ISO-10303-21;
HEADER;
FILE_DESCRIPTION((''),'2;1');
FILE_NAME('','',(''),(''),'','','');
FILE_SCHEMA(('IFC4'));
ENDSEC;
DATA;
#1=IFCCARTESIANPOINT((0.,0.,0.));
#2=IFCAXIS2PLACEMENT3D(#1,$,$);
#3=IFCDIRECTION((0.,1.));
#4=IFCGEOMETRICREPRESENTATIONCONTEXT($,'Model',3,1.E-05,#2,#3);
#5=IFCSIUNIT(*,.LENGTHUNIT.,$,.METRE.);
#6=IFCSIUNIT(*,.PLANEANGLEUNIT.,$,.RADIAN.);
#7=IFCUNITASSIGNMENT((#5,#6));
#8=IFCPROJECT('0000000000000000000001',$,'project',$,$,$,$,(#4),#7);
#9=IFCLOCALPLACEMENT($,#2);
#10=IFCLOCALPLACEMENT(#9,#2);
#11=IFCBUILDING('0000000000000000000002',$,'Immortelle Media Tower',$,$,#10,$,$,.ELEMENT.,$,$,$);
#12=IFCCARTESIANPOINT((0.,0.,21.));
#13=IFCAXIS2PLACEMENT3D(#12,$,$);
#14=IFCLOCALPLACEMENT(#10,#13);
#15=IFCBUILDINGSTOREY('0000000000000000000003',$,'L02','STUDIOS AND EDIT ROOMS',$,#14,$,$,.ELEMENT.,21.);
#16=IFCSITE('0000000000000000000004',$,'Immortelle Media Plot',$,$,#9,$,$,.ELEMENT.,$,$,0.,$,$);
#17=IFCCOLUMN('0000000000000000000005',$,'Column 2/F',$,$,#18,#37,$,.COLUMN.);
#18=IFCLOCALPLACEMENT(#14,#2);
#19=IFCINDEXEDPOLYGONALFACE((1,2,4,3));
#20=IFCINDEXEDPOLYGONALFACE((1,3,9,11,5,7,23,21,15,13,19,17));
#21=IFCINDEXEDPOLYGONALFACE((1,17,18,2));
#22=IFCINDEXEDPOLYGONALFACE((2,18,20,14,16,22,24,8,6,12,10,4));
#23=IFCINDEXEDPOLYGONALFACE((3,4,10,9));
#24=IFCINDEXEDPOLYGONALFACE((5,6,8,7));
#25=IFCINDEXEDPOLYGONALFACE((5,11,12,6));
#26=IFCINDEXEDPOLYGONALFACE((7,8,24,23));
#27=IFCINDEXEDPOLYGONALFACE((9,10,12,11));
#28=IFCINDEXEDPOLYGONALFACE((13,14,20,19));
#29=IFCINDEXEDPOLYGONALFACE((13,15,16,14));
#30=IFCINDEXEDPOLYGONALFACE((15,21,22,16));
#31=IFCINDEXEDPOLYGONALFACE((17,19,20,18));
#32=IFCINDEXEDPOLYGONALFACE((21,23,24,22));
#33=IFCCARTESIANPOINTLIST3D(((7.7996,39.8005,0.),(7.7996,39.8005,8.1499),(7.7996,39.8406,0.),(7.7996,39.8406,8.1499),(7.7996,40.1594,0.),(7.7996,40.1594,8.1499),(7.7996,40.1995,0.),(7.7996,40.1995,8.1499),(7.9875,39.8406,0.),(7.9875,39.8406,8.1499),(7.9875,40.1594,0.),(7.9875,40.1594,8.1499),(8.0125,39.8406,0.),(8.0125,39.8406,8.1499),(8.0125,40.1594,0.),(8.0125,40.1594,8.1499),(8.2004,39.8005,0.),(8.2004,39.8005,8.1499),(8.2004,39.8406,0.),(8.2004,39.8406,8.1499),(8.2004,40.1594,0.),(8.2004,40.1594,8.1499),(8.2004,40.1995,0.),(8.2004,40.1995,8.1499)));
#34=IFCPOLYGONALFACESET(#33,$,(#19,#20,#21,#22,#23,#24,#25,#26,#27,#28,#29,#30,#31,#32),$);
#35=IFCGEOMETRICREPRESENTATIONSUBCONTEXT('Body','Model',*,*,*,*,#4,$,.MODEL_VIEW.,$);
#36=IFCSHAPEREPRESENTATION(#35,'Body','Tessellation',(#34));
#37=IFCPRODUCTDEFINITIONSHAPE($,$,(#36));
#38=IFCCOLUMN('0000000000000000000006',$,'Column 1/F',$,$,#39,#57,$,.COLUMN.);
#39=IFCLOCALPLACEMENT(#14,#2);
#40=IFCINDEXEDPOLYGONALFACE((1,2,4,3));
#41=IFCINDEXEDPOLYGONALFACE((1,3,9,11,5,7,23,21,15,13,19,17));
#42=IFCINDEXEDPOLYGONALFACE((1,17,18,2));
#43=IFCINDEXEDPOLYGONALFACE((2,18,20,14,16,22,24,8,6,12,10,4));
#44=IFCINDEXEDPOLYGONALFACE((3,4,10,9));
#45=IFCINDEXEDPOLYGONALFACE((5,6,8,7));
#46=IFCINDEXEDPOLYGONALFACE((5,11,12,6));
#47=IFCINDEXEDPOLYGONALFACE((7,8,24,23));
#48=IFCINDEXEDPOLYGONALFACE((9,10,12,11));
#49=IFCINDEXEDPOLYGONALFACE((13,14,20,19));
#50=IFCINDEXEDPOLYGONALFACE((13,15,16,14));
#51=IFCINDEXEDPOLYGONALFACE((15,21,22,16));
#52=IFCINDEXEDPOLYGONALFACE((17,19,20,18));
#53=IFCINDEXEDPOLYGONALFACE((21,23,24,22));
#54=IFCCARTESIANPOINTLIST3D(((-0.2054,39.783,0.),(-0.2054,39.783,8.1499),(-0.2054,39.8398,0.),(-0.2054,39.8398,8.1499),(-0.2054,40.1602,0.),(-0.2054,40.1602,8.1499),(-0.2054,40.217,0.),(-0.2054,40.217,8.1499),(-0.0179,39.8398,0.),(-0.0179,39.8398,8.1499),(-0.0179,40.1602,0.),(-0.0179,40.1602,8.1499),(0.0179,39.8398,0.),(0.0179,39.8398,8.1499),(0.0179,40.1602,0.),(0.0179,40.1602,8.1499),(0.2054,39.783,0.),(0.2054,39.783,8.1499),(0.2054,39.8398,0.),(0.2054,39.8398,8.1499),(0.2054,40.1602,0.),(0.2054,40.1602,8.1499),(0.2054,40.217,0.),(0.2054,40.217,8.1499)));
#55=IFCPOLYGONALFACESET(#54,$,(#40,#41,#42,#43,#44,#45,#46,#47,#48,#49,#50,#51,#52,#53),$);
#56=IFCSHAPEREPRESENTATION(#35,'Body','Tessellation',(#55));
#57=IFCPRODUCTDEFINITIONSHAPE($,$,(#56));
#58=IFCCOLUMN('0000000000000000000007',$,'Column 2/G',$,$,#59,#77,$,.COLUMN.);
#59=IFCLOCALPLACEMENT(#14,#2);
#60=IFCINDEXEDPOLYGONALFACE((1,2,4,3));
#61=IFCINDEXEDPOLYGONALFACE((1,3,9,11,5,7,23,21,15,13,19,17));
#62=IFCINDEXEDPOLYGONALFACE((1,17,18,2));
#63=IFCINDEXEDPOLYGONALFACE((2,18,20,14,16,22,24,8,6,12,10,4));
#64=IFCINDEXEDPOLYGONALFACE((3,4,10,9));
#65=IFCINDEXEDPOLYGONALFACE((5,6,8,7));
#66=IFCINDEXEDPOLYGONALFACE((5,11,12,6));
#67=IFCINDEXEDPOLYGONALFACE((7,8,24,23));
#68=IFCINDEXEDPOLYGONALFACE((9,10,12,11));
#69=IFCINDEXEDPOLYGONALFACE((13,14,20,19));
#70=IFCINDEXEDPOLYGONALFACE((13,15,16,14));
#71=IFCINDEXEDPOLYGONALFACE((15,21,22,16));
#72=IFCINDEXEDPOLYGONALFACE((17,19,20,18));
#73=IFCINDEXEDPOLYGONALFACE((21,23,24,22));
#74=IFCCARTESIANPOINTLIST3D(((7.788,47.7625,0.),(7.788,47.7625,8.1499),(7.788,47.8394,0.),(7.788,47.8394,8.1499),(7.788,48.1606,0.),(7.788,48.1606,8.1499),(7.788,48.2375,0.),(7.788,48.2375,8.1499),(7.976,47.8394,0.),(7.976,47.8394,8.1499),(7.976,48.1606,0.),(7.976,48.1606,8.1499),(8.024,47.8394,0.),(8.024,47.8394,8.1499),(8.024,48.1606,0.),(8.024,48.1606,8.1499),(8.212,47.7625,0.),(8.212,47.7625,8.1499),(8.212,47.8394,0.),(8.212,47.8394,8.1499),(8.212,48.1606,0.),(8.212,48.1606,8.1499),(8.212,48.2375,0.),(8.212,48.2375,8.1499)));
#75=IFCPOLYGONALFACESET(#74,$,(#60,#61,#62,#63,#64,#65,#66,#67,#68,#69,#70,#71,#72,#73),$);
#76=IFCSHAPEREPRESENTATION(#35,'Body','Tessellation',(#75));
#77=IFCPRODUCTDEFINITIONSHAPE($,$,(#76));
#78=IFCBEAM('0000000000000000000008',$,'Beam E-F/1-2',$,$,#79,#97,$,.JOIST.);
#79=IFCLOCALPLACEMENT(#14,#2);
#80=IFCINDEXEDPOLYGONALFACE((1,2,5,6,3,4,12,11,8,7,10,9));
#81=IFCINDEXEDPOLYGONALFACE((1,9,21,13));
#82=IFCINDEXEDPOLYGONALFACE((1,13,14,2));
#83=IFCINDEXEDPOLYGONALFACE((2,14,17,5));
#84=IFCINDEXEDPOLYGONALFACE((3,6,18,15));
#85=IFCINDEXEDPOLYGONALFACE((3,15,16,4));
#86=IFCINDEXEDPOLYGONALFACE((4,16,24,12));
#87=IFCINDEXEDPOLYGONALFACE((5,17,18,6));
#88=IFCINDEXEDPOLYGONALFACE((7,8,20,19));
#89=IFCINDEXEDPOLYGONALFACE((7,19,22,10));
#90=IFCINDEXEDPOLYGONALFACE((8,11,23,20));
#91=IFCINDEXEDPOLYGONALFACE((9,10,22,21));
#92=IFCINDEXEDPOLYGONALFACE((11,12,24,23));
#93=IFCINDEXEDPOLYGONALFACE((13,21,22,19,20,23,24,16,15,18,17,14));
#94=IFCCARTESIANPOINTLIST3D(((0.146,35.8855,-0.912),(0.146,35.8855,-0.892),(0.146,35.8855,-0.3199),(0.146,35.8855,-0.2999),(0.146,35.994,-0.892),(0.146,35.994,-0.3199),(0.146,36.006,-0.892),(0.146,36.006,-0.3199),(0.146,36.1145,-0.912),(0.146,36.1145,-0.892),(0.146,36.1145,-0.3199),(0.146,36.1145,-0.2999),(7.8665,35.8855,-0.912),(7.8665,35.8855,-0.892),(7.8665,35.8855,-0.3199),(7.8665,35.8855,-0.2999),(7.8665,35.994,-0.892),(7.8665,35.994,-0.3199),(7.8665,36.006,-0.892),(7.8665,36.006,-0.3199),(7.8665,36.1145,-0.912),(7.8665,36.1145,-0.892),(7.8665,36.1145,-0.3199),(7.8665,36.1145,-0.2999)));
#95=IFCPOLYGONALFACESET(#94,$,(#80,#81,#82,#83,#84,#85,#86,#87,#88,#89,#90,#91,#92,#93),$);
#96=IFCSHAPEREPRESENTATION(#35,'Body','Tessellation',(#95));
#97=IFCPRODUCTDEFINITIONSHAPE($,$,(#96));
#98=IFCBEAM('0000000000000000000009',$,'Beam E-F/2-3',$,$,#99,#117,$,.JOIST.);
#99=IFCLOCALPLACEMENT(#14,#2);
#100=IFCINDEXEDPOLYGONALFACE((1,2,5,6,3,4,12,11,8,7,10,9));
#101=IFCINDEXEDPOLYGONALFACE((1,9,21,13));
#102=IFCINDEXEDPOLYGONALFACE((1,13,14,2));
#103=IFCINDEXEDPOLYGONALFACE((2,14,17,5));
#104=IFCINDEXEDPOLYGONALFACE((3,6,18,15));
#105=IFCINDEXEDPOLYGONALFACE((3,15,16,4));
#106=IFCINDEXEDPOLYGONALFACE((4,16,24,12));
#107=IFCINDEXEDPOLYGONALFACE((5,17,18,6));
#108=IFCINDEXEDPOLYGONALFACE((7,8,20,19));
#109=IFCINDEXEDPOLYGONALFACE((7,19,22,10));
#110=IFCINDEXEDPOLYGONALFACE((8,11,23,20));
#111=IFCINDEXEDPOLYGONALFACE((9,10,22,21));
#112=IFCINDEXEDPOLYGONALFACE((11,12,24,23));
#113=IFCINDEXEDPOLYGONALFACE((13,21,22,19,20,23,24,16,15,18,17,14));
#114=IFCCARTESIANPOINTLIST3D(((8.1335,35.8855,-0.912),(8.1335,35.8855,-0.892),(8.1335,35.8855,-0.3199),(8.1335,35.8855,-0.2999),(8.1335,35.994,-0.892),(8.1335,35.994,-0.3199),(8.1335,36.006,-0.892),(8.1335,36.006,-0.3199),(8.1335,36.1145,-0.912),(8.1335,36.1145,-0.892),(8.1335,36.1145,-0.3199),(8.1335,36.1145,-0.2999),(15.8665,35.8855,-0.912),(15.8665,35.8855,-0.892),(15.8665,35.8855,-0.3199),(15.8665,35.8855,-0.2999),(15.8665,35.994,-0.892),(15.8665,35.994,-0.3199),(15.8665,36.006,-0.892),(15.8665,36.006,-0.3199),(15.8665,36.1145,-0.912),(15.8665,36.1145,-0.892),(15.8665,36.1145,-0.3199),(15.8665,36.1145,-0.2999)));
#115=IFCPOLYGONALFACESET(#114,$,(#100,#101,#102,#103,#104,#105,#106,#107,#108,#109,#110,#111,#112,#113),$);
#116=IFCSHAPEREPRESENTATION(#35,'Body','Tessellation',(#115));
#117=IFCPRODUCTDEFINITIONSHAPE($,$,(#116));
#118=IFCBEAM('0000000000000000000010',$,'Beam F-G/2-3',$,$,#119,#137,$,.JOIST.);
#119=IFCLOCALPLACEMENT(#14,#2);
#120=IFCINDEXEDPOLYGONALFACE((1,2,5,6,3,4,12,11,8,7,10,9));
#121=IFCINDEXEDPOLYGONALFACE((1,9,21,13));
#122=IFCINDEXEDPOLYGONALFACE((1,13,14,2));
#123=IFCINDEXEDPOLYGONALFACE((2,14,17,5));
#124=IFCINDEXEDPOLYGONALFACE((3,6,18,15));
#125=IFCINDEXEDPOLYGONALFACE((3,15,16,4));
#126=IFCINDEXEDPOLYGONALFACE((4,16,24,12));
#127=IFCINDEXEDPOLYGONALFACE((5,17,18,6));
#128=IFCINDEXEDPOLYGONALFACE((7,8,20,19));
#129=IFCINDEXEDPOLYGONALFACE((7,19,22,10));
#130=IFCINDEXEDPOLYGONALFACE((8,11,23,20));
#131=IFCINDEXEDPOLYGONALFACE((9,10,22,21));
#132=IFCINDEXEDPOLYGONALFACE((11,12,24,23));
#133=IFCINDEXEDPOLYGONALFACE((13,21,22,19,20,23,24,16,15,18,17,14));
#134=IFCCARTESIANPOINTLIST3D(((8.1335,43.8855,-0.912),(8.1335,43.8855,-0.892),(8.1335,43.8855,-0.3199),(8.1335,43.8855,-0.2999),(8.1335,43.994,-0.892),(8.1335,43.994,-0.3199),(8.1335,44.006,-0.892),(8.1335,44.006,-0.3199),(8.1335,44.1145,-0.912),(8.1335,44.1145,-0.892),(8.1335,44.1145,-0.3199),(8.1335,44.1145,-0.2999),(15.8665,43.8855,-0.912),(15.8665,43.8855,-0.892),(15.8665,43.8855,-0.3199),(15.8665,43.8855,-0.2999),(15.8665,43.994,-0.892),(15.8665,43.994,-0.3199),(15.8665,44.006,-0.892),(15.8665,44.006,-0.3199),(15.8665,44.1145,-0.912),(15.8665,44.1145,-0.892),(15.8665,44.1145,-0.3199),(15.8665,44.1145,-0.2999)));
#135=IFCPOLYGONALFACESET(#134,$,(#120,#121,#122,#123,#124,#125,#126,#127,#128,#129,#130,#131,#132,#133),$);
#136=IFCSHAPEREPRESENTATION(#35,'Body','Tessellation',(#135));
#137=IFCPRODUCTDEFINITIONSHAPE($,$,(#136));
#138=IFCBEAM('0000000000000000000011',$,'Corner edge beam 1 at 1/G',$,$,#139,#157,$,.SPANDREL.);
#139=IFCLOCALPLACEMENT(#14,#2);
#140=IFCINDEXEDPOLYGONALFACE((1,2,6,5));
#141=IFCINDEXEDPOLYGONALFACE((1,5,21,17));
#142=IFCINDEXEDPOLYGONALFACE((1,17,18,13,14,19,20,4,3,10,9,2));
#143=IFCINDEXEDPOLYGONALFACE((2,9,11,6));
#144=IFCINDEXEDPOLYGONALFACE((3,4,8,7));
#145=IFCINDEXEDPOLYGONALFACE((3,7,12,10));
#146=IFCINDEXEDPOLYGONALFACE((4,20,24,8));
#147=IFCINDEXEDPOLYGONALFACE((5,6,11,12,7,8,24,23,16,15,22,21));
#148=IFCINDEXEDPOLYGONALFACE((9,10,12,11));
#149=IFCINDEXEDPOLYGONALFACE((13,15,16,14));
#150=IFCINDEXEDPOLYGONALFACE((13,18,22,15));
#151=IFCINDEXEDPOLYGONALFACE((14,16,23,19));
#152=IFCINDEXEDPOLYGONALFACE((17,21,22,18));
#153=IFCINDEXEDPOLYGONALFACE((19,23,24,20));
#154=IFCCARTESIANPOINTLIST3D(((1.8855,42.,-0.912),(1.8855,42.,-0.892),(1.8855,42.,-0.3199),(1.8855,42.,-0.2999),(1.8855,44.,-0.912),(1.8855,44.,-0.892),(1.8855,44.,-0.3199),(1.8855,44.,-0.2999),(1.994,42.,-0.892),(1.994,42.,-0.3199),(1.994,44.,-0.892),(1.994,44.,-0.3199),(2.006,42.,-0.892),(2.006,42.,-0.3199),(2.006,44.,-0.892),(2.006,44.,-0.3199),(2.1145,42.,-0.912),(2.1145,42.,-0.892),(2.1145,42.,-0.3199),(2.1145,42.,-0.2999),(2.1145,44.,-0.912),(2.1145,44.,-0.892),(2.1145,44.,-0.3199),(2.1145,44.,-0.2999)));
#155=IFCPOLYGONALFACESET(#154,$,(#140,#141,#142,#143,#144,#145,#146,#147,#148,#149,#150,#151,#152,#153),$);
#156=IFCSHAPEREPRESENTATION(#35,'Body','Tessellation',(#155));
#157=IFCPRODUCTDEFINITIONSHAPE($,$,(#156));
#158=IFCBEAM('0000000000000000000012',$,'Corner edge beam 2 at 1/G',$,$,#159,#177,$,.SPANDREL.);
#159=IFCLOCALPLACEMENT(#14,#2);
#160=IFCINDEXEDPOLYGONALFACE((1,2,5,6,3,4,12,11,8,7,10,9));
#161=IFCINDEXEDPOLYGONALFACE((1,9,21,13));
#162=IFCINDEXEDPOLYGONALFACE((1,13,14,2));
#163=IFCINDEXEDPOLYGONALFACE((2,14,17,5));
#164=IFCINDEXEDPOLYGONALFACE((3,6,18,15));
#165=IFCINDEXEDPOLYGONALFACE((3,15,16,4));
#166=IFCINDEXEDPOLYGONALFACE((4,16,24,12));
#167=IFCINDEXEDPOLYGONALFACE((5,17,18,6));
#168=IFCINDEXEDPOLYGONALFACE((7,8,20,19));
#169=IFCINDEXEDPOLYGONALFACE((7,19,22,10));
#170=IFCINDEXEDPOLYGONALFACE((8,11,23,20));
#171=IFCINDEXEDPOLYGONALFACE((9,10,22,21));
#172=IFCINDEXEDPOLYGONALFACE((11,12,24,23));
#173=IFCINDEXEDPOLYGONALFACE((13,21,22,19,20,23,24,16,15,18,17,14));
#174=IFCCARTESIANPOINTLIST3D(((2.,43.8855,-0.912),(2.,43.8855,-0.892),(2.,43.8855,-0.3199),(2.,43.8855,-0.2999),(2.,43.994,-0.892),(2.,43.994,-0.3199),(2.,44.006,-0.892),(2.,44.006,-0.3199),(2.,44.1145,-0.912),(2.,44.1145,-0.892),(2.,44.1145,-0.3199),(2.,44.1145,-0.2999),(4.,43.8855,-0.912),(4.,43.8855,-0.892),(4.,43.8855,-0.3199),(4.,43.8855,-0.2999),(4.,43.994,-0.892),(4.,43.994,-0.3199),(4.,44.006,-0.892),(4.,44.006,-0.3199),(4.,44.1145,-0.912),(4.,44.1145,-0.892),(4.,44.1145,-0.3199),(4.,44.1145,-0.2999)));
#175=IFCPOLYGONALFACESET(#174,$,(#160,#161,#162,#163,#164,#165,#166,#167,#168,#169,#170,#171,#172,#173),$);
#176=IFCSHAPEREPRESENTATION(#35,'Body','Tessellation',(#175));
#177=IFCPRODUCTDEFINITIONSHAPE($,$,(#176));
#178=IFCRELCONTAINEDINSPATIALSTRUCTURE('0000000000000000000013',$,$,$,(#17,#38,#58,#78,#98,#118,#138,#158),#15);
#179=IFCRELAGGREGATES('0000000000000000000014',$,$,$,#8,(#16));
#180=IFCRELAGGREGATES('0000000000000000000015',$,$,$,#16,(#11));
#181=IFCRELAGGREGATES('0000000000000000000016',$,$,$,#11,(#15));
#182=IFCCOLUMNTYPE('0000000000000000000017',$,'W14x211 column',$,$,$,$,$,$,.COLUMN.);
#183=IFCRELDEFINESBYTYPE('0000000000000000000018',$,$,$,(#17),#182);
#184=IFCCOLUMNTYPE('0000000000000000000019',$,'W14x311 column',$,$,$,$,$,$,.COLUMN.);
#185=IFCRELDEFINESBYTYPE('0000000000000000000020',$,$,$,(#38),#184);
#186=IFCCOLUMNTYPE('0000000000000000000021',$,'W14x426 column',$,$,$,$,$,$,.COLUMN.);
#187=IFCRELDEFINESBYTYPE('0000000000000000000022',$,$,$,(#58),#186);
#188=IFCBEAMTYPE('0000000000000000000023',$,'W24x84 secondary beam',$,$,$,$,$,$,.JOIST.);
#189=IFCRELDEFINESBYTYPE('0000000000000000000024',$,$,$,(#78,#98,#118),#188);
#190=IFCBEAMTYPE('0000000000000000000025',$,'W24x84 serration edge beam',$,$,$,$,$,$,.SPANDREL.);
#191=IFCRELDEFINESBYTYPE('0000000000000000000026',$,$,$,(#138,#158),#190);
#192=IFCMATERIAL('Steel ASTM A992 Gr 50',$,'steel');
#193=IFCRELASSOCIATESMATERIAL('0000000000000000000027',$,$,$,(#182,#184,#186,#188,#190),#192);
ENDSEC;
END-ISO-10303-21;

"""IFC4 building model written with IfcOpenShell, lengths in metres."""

from ifc_helpers import new_model, si_unit, direction, frame, origin, origin_2d, place, context, subcontext, project, spatial, i_section, extrude, material, material_profile, profile_set, type_object, element, save


model = new_model("IFC4")

# Units and contexts
model_context = context("Model", 3, precision=1e-05, world=origin(), true_north=direction((0.0, 1.0)))
body_context = subcontext(model_context, "Body", "Model", "MODEL_VIEW")
ifc_project = project(units=[si_unit("LENGTHUNIT", "METRE"), si_unit("PLANEANGLEUNIT", "RADIAN")], contexts=[model_context])

# Site, building, storey
site_placement = place(None, origin())
site = spatial("IfcSite", under=ifc_project, at=site_placement, Name="Immortelle Media Plot", CompositionType="ELEMENT", RefElevation=0.0)
building_placement = place(site_placement, origin())
building = spatial("IfcBuilding", under=site, at=building_placement, Name="Immortelle Media Tower", CompositionType="ELEMENT")
storey_placement = place(building_placement, frame((0.0, 0.0, 21.0)))
storey = spatial("IfcBuildingStorey", under=building, at=storey_placement, Name="L02", Description="STUDIOS AND EDIT ROOMS", CompositionType="ELEMENT", Elevation=21.0)

# Columns
ifc_material_1 = material(Name="Steel ASTM A992 Gr 50", Category="steel")
ifc_material_profile_1 = material_profile(ifc_material_1, i_section(OverallWidth=0.4009, OverallDepth=0.3989, WebThickness=0.0249, FlangeThickness=0.04, at=origin_2d()), Name="W14x211")
ifc_profile_set_1 = profile_set([ifc_material_profile_1], Name="Steel ASTM A992 Gr 50")
column_type_1 = type_object("IfcColumnType", Name="W14x211 column", PredefinedType="COLUMN", material=ifc_profile_set_1)
column_1_placement = place(storey_placement, frame((8.0, 40.0, 0.0), z_axis=(0.0, 0.0, 1.0), x_axis=(1.0, 0.0, 0.0)))
element("IfcColumn", 1, at=column_1_placement, inside=storey, type_object=column_type_1, Name="Column 2/F", PredefinedType="COLUMN", context=body_context, shape_type="SweptSolid", body=[
    extrude(i_section(OverallWidth=0.4009, OverallDepth=0.3989, WebThickness=0.0249, FlangeThickness=0.04, at=origin_2d()), origin(), (0.0, 0.0, 1.0), 8.1499),
])
ifc_material_profile_2 = material_profile(ifc_material_1, i_section(OverallWidth=0.4109, OverallDepth=0.4341, WebThickness=0.0359, FlangeThickness=0.0569, at=origin_2d()), Name="W14x311")
ifc_profile_set_2 = profile_set([ifc_material_profile_2], Name="Steel ASTM A992 Gr 50")
column_type_2 = type_object("IfcColumnType", Name="W14x311 column", PredefinedType="COLUMN", material=ifc_profile_set_2)
column_2_placement = place(storey_placement, frame((0.0, 40.0, 0.0), z_axis=(0.0, 0.0, 1.0), x_axis=(1.0, 0.0, 0.0)))
element("IfcColumn", 2, at=column_2_placement, inside=storey, type_object=column_type_2, Name="Column 1/F", PredefinedType="COLUMN", context=body_context, shape_type="SweptSolid", body=[
    extrude(i_section(OverallWidth=0.4109, OverallDepth=0.4341, WebThickness=0.0359, FlangeThickness=0.0569, at=origin_2d()), origin(), (0.0, 0.0, 1.0), 8.1499),
])
ifc_material_profile_3 = material_profile(ifc_material_1, i_section(OverallWidth=0.4241, OverallDepth=0.4751, WebThickness=0.0481, FlangeThickness=0.0769, at=origin_2d()), Name="W14x426")
ifc_profile_set_3 = profile_set([ifc_material_profile_3], Name="Steel ASTM A992 Gr 50")
column_type_3 = type_object("IfcColumnType", Name="W14x426 column", PredefinedType="COLUMN", material=ifc_profile_set_3)
column_3_placement = place(storey_placement, frame((8.0, 48.0, 0.0), z_axis=(0.0, 0.0, 1.0), x_axis=(1.0, 0.0, 0.0)))
element("IfcColumn", 3, at=column_3_placement, inside=storey, type_object=column_type_3, Name="Column 2/G", PredefinedType="COLUMN", context=body_context, shape_type="SweptSolid", body=[
    extrude(i_section(OverallWidth=0.4241, OverallDepth=0.4751, WebThickness=0.0481, FlangeThickness=0.0769, at=origin_2d()), origin(), (0.0, 0.0, 1.0), 8.1499),
])

# Beams
ifc_material_profile_4 = material_profile(ifc_material_1, i_section(OverallWidth=0.229, OverallDepth=0.6121, WebThickness=0.012, FlangeThickness=0.02, at=origin_2d()), Name="W24x84")
ifc_profile_set_4 = profile_set([ifc_material_profile_4], Name="Steel ASTM A992 Gr 50")
beam_type_1 = type_object("IfcBeamType", Name="W24x84 secondary beam", PredefinedType="JOIST", material=ifc_profile_set_4)
beam_1_placement = place(storey_placement, frame((0.146, 36.0, -0.606), z_axis=(1.0, 0.0, 0.0), x_axis=(0.0, 1.0, 0.0)))
element("IfcBeam", 4, at=beam_1_placement, inside=storey, type_object=beam_type_1, Name="Beam E-F/1-2", PredefinedType="JOIST", context=body_context, shape_type="SweptSolid", body=[
    extrude(i_section(OverallWidth=0.229, OverallDepth=0.6121, WebThickness=0.012, FlangeThickness=0.02, at=origin_2d()), origin(), (0.0, 0.0, 1.0), 7.7205),
])
for number, where, z_axis, x_axis, name in (
    (5, (8.1335, 36.0, -0.606), (1.0, 0.0, 0.0), (0.0, 1.0, 0.0), "Beam E-F/2-3"),
    (6, (8.1335, 44.0, -0.606), (1.0, 0.0, 0.0), (0.0, 1.0, 0.0), "Beam F-G/2-3"),
):
    element("IfcBeam", number, at=place(storey_placement, frame(where, z_axis=z_axis, x_axis=x_axis)), inside=storey, type_object=beam_type_1, Name=name, PredefinedType="JOIST", context=body_context, shape_type="SweptSolid", body=[
        extrude(i_section(OverallWidth=0.229, OverallDepth=0.6121, WebThickness=0.012, FlangeThickness=0.02, at=origin_2d()), origin(), (0.0, 0.0, 1.0), 7.7329),
    ])
ifc_material_profile_5 = material_profile(ifc_material_1, i_section(OverallWidth=0.229, OverallDepth=0.6121, WebThickness=0.012, FlangeThickness=0.02, at=origin_2d()), Name="W24x84")
ifc_profile_set_5 = profile_set([ifc_material_profile_5], Name="Steel ASTM A992 Gr 50")
beam_type_2 = type_object("IfcBeamType", Name="W24x84 serration edge beam", PredefinedType="SPANDREL", material=ifc_profile_set_5)
for number, where, z_axis, x_axis, name in (
    (7, (2.0, 42.0, -0.606), (0.0, 1.0, 0.0), (-1.0, 0.0, 0.0), "Corner edge beam 1 at 1/G"),
    (8, (2.0, 44.0, -0.606), (1.0, 0.0, 0.0), (0.0, 1.0, 0.0), "Corner edge beam 2 at 1/G"),
):
    element("IfcBeam", number, at=place(storey_placement, frame(where, z_axis=z_axis, x_axis=x_axis)), inside=storey, type_object=beam_type_2, Name=name, PredefinedType="SPANDREL", context=body_context, shape_type="SweptSolid", body=[
        extrude(i_section(OverallWidth=0.229, OverallDepth=0.6121, WebThickness=0.012, FlangeThickness=0.02, at=origin_2d()), origin(), (0.0, 0.0, 1.0), 2.0),
    ])

save(model, "model.ifc")
